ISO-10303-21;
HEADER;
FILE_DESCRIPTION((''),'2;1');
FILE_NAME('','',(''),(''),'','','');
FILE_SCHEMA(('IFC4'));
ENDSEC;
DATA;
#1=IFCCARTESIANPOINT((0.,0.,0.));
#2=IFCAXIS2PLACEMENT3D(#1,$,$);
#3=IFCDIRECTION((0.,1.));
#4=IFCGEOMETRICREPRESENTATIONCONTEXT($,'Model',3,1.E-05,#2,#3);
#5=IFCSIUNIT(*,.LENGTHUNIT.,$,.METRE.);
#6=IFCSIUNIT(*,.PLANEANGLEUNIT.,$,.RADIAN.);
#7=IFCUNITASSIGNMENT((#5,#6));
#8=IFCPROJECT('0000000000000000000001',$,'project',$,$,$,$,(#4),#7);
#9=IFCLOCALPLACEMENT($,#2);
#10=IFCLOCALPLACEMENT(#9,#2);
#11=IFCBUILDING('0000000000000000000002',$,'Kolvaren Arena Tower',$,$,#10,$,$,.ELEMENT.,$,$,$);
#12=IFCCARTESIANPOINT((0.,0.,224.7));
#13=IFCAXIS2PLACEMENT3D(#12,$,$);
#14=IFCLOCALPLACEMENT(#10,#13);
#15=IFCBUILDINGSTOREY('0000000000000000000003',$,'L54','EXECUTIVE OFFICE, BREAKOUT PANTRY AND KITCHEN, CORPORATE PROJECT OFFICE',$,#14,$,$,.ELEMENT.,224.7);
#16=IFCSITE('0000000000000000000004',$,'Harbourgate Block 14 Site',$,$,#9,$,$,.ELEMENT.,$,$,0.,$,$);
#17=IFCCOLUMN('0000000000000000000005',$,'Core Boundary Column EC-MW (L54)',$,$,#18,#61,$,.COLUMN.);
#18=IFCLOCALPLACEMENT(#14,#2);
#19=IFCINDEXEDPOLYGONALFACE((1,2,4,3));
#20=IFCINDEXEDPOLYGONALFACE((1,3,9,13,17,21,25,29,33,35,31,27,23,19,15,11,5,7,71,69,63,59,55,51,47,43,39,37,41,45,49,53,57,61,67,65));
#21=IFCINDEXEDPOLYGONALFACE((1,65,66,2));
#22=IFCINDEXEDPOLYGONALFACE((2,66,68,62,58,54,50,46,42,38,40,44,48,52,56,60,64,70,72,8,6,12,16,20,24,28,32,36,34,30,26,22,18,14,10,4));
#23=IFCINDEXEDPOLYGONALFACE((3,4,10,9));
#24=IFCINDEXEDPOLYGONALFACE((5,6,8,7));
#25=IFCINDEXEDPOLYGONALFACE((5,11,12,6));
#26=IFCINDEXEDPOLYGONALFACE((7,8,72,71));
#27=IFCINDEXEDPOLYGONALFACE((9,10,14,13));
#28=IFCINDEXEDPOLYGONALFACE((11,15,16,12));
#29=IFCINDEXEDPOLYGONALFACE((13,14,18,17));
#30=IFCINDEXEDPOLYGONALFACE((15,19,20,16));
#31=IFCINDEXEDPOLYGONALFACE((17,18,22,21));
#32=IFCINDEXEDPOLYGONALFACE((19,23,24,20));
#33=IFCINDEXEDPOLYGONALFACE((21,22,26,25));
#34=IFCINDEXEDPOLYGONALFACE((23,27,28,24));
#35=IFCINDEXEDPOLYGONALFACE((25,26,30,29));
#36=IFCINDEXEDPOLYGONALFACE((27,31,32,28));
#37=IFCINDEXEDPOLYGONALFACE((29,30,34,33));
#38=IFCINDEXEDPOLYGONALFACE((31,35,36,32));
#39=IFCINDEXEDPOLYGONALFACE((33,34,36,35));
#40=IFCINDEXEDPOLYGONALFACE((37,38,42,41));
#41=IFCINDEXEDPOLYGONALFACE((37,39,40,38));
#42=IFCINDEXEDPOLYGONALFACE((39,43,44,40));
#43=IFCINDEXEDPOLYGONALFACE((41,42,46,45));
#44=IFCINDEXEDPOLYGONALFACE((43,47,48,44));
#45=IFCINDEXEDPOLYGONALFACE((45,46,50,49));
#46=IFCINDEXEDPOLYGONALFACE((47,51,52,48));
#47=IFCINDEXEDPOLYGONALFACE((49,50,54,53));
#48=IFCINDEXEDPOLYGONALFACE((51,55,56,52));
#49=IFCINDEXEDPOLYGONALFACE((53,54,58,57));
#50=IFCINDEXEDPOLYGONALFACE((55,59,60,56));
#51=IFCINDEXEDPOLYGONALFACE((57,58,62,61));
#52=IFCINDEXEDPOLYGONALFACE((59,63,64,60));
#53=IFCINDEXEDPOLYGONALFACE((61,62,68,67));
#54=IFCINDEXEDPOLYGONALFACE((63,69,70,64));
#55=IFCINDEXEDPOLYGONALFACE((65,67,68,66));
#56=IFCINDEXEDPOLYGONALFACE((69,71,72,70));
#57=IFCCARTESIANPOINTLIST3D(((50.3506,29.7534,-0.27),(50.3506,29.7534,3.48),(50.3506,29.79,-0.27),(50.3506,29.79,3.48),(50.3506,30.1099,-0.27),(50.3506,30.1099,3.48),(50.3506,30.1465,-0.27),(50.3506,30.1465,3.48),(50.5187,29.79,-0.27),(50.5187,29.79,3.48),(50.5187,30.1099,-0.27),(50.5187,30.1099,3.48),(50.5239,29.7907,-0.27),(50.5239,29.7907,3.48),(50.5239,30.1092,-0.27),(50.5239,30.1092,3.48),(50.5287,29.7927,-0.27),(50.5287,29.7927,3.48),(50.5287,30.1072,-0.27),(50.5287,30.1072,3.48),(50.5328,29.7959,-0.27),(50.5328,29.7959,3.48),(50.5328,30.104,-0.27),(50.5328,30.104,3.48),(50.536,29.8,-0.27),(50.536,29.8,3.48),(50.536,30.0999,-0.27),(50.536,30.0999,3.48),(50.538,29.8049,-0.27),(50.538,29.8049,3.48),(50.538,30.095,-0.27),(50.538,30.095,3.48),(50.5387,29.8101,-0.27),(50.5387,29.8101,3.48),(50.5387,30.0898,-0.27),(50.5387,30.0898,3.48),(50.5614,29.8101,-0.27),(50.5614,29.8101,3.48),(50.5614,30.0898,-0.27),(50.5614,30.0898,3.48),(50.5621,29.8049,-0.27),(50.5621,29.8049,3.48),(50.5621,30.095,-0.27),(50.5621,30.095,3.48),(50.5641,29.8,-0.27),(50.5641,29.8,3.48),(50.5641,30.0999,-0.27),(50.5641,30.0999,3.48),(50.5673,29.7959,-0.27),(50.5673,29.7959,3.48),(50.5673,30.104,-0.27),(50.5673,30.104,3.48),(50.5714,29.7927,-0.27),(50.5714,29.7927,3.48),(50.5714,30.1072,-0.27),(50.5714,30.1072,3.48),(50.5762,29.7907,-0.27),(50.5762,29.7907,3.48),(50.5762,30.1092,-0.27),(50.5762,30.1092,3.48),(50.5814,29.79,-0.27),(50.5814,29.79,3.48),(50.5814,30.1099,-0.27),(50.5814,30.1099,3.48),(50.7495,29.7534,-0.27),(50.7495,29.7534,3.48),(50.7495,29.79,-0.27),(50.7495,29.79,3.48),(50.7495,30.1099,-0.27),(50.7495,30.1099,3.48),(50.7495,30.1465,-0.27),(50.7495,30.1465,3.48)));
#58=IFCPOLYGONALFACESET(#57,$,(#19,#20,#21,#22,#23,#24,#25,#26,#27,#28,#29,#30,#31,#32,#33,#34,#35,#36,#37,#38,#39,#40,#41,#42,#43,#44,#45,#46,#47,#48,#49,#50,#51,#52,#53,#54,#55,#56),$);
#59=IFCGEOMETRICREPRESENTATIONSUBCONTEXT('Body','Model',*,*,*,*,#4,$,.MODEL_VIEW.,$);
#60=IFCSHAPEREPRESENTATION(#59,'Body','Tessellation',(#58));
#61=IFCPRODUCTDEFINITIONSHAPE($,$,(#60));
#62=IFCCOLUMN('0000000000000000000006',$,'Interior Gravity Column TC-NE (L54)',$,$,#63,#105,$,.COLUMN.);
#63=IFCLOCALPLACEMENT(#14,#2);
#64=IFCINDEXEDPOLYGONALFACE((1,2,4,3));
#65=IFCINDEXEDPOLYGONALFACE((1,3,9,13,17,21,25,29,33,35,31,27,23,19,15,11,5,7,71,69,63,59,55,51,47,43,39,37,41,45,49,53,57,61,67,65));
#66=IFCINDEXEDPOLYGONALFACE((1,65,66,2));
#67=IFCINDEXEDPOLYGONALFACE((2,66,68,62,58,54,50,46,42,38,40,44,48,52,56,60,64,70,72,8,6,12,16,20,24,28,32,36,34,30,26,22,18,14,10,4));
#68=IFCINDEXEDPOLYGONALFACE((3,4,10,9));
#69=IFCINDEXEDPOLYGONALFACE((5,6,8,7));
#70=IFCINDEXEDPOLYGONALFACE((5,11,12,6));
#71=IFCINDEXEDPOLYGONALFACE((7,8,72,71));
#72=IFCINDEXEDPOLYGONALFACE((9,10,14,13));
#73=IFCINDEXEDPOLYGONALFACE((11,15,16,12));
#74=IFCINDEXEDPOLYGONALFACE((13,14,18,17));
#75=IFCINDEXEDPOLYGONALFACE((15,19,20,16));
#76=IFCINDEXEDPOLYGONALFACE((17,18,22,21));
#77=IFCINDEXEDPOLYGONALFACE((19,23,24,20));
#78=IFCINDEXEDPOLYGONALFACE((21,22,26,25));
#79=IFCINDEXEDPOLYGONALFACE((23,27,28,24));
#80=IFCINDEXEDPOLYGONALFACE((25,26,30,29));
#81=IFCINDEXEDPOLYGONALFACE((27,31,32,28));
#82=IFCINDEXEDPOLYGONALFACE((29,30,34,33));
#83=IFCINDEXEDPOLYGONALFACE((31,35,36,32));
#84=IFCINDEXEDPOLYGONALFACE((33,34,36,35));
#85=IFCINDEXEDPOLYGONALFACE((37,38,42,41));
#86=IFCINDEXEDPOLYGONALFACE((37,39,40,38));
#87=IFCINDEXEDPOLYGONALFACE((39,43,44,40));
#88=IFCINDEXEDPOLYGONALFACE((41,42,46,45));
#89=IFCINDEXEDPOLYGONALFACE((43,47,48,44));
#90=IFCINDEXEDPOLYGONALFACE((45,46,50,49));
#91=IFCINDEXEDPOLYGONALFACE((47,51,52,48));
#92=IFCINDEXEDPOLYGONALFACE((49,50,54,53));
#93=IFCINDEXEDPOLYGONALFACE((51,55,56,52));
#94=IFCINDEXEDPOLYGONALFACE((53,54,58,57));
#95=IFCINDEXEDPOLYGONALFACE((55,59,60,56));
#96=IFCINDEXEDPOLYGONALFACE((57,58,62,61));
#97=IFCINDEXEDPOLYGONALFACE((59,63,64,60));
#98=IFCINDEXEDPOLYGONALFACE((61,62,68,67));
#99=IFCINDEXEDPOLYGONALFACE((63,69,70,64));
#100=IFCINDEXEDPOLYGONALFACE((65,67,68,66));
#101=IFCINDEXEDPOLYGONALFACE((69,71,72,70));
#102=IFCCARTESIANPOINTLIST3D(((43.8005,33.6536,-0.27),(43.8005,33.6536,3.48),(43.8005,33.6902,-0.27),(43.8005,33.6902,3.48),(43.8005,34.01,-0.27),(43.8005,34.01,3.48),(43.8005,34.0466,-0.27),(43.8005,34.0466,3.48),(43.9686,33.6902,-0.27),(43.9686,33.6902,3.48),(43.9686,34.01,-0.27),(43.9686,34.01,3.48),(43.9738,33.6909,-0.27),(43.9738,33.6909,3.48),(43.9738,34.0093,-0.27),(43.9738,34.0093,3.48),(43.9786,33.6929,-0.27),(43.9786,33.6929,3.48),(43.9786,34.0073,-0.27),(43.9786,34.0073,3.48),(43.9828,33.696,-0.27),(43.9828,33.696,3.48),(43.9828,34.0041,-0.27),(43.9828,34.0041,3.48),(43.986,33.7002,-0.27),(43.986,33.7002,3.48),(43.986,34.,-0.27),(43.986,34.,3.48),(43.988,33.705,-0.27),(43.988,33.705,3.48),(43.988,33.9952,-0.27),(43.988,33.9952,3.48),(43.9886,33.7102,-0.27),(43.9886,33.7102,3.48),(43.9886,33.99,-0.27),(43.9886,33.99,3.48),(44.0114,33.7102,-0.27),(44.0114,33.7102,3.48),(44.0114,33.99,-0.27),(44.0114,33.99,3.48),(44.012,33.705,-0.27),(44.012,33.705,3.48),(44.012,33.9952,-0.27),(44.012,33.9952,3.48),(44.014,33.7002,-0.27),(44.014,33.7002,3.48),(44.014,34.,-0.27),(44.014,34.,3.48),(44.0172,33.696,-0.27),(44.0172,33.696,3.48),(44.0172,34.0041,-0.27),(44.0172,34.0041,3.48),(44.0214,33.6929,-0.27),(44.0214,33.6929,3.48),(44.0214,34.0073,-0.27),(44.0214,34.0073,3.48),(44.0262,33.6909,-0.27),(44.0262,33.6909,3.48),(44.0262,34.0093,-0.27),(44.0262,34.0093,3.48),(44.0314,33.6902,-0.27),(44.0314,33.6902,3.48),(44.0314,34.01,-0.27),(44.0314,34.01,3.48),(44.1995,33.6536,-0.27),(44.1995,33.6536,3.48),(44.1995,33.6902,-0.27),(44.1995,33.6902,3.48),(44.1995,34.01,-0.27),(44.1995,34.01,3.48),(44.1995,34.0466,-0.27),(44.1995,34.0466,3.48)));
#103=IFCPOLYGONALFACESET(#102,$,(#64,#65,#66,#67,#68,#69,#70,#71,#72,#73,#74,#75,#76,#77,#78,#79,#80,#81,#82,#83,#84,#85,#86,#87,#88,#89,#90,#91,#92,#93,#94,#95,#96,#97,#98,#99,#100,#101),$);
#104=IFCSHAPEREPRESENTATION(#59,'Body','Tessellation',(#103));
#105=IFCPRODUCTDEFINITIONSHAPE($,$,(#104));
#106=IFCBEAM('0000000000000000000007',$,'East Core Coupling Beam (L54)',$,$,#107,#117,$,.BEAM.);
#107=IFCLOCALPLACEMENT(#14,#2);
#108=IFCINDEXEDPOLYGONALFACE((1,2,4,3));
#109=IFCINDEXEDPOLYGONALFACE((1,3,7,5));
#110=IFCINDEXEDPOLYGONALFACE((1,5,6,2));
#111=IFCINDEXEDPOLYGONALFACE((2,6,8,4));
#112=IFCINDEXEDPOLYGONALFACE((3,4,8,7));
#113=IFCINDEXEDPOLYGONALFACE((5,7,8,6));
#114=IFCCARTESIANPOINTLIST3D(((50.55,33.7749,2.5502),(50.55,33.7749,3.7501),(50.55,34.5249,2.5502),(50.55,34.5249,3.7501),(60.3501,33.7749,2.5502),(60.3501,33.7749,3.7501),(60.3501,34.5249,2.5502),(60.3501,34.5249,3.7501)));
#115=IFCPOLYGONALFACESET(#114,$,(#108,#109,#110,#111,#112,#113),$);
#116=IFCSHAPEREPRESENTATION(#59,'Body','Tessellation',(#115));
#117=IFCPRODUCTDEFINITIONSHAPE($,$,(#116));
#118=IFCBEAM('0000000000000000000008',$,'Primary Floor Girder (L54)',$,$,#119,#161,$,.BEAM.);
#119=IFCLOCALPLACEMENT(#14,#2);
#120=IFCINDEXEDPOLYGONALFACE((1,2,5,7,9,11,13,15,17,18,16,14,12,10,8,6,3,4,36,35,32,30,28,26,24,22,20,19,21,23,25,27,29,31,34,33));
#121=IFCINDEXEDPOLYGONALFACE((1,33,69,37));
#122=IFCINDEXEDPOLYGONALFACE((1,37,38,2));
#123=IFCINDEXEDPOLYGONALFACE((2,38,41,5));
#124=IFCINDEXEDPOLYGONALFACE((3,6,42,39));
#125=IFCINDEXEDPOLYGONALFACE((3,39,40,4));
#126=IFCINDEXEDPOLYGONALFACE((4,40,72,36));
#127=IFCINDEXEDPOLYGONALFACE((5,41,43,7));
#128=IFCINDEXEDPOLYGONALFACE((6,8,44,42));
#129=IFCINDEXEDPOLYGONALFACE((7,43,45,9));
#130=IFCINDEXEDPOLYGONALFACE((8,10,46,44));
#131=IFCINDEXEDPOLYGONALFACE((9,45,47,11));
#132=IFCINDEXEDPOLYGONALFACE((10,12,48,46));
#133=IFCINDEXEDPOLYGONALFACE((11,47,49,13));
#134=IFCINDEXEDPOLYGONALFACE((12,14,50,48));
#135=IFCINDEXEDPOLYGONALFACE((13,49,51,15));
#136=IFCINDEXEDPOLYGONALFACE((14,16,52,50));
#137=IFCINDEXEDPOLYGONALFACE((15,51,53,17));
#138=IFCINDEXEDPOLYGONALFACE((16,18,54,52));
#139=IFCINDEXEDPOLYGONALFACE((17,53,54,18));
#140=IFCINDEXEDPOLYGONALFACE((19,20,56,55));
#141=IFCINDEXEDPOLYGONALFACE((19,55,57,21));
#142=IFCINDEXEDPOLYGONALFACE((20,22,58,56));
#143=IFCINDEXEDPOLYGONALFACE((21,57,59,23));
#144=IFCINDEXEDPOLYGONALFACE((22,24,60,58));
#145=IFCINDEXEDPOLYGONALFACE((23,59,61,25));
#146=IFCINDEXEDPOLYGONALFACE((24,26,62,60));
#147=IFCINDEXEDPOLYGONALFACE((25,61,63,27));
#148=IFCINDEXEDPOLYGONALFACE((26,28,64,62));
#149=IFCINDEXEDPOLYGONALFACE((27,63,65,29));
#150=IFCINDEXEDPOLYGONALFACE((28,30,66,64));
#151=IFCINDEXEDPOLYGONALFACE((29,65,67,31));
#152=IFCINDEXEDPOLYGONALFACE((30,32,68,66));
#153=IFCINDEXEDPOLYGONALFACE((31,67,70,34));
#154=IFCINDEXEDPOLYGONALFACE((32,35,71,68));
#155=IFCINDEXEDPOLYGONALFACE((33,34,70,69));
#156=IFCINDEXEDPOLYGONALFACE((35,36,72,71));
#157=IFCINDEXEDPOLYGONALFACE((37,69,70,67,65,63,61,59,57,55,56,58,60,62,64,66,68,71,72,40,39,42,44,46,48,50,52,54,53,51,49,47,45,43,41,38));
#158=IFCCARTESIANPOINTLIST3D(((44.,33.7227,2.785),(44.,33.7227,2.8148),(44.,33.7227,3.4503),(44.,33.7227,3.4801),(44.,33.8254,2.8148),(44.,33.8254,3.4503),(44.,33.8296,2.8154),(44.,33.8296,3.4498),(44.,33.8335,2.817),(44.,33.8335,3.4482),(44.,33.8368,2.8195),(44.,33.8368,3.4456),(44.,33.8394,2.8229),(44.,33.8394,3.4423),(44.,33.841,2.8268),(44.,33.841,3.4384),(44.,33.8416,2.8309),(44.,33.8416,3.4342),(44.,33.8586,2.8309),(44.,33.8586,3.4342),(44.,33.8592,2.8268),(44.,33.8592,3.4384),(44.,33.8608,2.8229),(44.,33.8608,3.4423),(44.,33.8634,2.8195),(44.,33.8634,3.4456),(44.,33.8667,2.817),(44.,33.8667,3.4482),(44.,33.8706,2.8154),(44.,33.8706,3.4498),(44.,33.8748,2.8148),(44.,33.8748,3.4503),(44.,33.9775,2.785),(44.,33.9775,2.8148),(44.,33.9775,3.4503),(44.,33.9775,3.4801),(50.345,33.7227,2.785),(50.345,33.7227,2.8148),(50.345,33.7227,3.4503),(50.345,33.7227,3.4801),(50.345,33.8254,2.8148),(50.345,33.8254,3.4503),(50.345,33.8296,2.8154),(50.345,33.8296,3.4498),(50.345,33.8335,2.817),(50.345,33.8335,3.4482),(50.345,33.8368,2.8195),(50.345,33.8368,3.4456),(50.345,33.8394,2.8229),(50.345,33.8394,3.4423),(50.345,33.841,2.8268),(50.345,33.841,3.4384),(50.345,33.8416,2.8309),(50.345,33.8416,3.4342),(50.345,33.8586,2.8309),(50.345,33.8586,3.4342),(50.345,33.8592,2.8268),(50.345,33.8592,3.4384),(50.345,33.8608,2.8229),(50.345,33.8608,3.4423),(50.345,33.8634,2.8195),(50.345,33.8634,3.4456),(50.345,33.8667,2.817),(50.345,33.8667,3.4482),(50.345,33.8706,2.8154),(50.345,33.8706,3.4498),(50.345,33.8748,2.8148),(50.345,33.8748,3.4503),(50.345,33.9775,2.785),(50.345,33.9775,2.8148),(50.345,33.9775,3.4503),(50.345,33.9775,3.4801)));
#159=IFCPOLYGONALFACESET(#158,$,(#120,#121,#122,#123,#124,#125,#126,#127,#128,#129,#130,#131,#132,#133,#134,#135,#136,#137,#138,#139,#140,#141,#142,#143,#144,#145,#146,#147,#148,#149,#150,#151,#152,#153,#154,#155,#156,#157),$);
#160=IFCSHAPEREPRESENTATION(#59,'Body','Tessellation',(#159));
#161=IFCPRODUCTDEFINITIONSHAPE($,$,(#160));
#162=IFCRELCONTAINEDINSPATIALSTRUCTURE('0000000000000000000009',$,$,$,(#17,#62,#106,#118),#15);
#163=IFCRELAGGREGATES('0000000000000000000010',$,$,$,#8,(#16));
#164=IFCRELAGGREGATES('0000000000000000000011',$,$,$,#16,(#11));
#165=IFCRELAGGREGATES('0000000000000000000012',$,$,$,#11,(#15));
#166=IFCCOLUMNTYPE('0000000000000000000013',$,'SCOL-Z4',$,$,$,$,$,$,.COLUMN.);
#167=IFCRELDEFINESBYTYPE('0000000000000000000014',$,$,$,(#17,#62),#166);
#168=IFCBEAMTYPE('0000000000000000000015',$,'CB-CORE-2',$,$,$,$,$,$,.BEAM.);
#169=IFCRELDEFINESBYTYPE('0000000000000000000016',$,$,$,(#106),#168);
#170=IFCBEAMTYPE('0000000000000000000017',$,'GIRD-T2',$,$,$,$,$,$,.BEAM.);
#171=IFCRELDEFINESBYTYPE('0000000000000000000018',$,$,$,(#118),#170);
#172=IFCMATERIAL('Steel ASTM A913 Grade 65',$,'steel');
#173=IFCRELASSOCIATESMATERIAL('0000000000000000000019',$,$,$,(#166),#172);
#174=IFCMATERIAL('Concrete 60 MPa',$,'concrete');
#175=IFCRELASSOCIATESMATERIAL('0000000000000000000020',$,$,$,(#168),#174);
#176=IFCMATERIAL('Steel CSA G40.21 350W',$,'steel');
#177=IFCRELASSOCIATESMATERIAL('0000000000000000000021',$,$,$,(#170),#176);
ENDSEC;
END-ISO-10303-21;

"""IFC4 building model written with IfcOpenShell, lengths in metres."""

from ifc_helpers import new_model, si_unit, direction, frame, origin, origin_2d, place, context, subcontext, project, spatial, rectangle, i_section, extrude, material, material_profile, profile_set, type_object, element, save


model = new_model("IFC4")

# Units and contexts
model_context = context("Model", 3, precision=1e-05, world=origin(), true_north=direction((0.0, 1.0)))
body_context = subcontext(model_context, "Body", "Model", "MODEL_VIEW")
ifc_project = project(units=[si_unit("LENGTHUNIT", "METRE"), si_unit("PLANEANGLEUNIT", "RADIAN")], contexts=[model_context])

# Site, building, storey
site_placement = place(None, origin())
site = spatial("IfcSite", under=ifc_project, at=site_placement, Name="Harbourgate Block 14 Site", CompositionType="ELEMENT", RefElevation=0.0)
building_placement = place(site_placement, origin())
building = spatial("IfcBuilding", under=site, at=building_placement, Name="Kolvaren Arena Tower", CompositionType="ELEMENT")
storey_placement = place(building_placement, frame((0.0, 0.0, 224.7)))
storey = spatial("IfcBuildingStorey", under=building, at=storey_placement, Name="L54", Description="EXECUTIVE OFFICE, BREAKOUT PANTRY AND KITCHEN, CORPORATE PROJECT OFFICE", CompositionType="ELEMENT", Elevation=224.7)

# Columns
ifc_material_1 = material(Name="Steel ASTM A913 Grade 65", Category="steel")
ifc_material_profile_1 = material_profile(ifc_material_1, i_section(OverallWidth=0.3989, OverallDepth=0.3931, WebThickness=0.0227, FlangeThickness=0.0366, FilletRadius=0.02, at=origin_2d()), Name="W360x287")
ifc_profile_set_1 = profile_set([ifc_material_profile_1], Name="Steel ASTM A913 Grade 65")
column_type = type_object("IfcColumnType", Name="SCOL-Z4", PredefinedType="COLUMN", material=ifc_profile_set_1)
for number, where, z_axis, x_axis, name in (
    (1, (50.55, 29.95, -0.27), (0.0, 0.0, 1.0), (1.0, 0.0, 0.0), "Core Boundary Column EC-MW (L54)"),
    (2, (44.0, 33.8501, -0.27), (0.0, 0.0, 1.0), (1.0, 0.0, 0.0), "Interior Gravity Column TC-NE (L54)"),
):
    element("IfcColumn", number, at=place(storey_placement, frame(where, z_axis=z_axis, x_axis=x_axis)), inside=storey, type_object=column_type, Name=name, PredefinedType="COLUMN", context=body_context, shape_type="SweptSolid", body=[
        extrude(i_section(OverallWidth=0.3989, OverallDepth=0.3931, WebThickness=0.0227, FlangeThickness=0.0366, FilletRadius=0.02, at=origin_2d()), origin(), (0.0, 0.0, 1.0), 3.75),
    ])

# Beams
ifc_material_2 = material(Name="Concrete 60 MPa", Category="concrete")
ifc_material_profile_2 = material_profile(ifc_material_2, rectangle(XDim=0.75, YDim=1.2, at=origin_2d()), Name="RC-750x1200")
ifc_profile_set_2 = profile_set([ifc_material_profile_2], Name="Concrete 60 MPa")
beam_type_1 = type_object("IfcBeamType", Name="CB-CORE-2", PredefinedType="BEAM", material=ifc_profile_set_2)
beam_1_placement = place(storey_placement, frame((50.55, 34.1499, 3.1501), z_axis=(1.0, 0.0, 0.0), x_axis=(0.0, 1.0, 0.0)))
element("IfcBeam", 3, at=beam_1_placement, inside=storey, type_object=beam_type_1, Name="East Core Coupling Beam (L54)", PredefinedType="BEAM", context=body_context, shape_type="SweptSolid", body=[
    extrude(rectangle(XDim=0.75, YDim=1.2, at=origin_2d()), origin(), (0.0, 0.0, 1.0), 9.8),
])
ifc_material_3 = material(Name="Steel CSA G40.21 350W", Category="steel")
ifc_material_profile_3 = material_profile(ifc_material_3, i_section(OverallWidth=0.2549, OverallDepth=0.6951, WebThickness=0.0171, FlangeThickness=0.0298, FilletRadius=0.0161, at=origin_2d()), Name="W690x217")
ifc_profile_set_3 = profile_set([ifc_material_profile_3], Name="Steel CSA G40.21 350W")
beam_type_2 = type_object("IfcBeamType", Name="GIRD-T2", PredefinedType="BEAM", material=ifc_profile_set_3)
beam_2_placement = place(storey_placement, frame((44.0, 33.8501, 3.1326), z_axis=(1.0, 0.0, 0.0), x_axis=(0.0, 1.0, 0.0)))
element("IfcBeam", 4, at=beam_2_placement, inside=storey, type_object=beam_type_2, Name="Primary Floor Girder (L54)", PredefinedType="BEAM", context=body_context, shape_type="SweptSolid", body=[
    extrude(i_section(OverallWidth=0.2549, OverallDepth=0.6951, WebThickness=0.0171, FlangeThickness=0.0298, FilletRadius=0.0161, at=origin_2d()), origin(), (0.0, 0.0, 1.0), 6.345),
])

save(model, "model.ifc")
